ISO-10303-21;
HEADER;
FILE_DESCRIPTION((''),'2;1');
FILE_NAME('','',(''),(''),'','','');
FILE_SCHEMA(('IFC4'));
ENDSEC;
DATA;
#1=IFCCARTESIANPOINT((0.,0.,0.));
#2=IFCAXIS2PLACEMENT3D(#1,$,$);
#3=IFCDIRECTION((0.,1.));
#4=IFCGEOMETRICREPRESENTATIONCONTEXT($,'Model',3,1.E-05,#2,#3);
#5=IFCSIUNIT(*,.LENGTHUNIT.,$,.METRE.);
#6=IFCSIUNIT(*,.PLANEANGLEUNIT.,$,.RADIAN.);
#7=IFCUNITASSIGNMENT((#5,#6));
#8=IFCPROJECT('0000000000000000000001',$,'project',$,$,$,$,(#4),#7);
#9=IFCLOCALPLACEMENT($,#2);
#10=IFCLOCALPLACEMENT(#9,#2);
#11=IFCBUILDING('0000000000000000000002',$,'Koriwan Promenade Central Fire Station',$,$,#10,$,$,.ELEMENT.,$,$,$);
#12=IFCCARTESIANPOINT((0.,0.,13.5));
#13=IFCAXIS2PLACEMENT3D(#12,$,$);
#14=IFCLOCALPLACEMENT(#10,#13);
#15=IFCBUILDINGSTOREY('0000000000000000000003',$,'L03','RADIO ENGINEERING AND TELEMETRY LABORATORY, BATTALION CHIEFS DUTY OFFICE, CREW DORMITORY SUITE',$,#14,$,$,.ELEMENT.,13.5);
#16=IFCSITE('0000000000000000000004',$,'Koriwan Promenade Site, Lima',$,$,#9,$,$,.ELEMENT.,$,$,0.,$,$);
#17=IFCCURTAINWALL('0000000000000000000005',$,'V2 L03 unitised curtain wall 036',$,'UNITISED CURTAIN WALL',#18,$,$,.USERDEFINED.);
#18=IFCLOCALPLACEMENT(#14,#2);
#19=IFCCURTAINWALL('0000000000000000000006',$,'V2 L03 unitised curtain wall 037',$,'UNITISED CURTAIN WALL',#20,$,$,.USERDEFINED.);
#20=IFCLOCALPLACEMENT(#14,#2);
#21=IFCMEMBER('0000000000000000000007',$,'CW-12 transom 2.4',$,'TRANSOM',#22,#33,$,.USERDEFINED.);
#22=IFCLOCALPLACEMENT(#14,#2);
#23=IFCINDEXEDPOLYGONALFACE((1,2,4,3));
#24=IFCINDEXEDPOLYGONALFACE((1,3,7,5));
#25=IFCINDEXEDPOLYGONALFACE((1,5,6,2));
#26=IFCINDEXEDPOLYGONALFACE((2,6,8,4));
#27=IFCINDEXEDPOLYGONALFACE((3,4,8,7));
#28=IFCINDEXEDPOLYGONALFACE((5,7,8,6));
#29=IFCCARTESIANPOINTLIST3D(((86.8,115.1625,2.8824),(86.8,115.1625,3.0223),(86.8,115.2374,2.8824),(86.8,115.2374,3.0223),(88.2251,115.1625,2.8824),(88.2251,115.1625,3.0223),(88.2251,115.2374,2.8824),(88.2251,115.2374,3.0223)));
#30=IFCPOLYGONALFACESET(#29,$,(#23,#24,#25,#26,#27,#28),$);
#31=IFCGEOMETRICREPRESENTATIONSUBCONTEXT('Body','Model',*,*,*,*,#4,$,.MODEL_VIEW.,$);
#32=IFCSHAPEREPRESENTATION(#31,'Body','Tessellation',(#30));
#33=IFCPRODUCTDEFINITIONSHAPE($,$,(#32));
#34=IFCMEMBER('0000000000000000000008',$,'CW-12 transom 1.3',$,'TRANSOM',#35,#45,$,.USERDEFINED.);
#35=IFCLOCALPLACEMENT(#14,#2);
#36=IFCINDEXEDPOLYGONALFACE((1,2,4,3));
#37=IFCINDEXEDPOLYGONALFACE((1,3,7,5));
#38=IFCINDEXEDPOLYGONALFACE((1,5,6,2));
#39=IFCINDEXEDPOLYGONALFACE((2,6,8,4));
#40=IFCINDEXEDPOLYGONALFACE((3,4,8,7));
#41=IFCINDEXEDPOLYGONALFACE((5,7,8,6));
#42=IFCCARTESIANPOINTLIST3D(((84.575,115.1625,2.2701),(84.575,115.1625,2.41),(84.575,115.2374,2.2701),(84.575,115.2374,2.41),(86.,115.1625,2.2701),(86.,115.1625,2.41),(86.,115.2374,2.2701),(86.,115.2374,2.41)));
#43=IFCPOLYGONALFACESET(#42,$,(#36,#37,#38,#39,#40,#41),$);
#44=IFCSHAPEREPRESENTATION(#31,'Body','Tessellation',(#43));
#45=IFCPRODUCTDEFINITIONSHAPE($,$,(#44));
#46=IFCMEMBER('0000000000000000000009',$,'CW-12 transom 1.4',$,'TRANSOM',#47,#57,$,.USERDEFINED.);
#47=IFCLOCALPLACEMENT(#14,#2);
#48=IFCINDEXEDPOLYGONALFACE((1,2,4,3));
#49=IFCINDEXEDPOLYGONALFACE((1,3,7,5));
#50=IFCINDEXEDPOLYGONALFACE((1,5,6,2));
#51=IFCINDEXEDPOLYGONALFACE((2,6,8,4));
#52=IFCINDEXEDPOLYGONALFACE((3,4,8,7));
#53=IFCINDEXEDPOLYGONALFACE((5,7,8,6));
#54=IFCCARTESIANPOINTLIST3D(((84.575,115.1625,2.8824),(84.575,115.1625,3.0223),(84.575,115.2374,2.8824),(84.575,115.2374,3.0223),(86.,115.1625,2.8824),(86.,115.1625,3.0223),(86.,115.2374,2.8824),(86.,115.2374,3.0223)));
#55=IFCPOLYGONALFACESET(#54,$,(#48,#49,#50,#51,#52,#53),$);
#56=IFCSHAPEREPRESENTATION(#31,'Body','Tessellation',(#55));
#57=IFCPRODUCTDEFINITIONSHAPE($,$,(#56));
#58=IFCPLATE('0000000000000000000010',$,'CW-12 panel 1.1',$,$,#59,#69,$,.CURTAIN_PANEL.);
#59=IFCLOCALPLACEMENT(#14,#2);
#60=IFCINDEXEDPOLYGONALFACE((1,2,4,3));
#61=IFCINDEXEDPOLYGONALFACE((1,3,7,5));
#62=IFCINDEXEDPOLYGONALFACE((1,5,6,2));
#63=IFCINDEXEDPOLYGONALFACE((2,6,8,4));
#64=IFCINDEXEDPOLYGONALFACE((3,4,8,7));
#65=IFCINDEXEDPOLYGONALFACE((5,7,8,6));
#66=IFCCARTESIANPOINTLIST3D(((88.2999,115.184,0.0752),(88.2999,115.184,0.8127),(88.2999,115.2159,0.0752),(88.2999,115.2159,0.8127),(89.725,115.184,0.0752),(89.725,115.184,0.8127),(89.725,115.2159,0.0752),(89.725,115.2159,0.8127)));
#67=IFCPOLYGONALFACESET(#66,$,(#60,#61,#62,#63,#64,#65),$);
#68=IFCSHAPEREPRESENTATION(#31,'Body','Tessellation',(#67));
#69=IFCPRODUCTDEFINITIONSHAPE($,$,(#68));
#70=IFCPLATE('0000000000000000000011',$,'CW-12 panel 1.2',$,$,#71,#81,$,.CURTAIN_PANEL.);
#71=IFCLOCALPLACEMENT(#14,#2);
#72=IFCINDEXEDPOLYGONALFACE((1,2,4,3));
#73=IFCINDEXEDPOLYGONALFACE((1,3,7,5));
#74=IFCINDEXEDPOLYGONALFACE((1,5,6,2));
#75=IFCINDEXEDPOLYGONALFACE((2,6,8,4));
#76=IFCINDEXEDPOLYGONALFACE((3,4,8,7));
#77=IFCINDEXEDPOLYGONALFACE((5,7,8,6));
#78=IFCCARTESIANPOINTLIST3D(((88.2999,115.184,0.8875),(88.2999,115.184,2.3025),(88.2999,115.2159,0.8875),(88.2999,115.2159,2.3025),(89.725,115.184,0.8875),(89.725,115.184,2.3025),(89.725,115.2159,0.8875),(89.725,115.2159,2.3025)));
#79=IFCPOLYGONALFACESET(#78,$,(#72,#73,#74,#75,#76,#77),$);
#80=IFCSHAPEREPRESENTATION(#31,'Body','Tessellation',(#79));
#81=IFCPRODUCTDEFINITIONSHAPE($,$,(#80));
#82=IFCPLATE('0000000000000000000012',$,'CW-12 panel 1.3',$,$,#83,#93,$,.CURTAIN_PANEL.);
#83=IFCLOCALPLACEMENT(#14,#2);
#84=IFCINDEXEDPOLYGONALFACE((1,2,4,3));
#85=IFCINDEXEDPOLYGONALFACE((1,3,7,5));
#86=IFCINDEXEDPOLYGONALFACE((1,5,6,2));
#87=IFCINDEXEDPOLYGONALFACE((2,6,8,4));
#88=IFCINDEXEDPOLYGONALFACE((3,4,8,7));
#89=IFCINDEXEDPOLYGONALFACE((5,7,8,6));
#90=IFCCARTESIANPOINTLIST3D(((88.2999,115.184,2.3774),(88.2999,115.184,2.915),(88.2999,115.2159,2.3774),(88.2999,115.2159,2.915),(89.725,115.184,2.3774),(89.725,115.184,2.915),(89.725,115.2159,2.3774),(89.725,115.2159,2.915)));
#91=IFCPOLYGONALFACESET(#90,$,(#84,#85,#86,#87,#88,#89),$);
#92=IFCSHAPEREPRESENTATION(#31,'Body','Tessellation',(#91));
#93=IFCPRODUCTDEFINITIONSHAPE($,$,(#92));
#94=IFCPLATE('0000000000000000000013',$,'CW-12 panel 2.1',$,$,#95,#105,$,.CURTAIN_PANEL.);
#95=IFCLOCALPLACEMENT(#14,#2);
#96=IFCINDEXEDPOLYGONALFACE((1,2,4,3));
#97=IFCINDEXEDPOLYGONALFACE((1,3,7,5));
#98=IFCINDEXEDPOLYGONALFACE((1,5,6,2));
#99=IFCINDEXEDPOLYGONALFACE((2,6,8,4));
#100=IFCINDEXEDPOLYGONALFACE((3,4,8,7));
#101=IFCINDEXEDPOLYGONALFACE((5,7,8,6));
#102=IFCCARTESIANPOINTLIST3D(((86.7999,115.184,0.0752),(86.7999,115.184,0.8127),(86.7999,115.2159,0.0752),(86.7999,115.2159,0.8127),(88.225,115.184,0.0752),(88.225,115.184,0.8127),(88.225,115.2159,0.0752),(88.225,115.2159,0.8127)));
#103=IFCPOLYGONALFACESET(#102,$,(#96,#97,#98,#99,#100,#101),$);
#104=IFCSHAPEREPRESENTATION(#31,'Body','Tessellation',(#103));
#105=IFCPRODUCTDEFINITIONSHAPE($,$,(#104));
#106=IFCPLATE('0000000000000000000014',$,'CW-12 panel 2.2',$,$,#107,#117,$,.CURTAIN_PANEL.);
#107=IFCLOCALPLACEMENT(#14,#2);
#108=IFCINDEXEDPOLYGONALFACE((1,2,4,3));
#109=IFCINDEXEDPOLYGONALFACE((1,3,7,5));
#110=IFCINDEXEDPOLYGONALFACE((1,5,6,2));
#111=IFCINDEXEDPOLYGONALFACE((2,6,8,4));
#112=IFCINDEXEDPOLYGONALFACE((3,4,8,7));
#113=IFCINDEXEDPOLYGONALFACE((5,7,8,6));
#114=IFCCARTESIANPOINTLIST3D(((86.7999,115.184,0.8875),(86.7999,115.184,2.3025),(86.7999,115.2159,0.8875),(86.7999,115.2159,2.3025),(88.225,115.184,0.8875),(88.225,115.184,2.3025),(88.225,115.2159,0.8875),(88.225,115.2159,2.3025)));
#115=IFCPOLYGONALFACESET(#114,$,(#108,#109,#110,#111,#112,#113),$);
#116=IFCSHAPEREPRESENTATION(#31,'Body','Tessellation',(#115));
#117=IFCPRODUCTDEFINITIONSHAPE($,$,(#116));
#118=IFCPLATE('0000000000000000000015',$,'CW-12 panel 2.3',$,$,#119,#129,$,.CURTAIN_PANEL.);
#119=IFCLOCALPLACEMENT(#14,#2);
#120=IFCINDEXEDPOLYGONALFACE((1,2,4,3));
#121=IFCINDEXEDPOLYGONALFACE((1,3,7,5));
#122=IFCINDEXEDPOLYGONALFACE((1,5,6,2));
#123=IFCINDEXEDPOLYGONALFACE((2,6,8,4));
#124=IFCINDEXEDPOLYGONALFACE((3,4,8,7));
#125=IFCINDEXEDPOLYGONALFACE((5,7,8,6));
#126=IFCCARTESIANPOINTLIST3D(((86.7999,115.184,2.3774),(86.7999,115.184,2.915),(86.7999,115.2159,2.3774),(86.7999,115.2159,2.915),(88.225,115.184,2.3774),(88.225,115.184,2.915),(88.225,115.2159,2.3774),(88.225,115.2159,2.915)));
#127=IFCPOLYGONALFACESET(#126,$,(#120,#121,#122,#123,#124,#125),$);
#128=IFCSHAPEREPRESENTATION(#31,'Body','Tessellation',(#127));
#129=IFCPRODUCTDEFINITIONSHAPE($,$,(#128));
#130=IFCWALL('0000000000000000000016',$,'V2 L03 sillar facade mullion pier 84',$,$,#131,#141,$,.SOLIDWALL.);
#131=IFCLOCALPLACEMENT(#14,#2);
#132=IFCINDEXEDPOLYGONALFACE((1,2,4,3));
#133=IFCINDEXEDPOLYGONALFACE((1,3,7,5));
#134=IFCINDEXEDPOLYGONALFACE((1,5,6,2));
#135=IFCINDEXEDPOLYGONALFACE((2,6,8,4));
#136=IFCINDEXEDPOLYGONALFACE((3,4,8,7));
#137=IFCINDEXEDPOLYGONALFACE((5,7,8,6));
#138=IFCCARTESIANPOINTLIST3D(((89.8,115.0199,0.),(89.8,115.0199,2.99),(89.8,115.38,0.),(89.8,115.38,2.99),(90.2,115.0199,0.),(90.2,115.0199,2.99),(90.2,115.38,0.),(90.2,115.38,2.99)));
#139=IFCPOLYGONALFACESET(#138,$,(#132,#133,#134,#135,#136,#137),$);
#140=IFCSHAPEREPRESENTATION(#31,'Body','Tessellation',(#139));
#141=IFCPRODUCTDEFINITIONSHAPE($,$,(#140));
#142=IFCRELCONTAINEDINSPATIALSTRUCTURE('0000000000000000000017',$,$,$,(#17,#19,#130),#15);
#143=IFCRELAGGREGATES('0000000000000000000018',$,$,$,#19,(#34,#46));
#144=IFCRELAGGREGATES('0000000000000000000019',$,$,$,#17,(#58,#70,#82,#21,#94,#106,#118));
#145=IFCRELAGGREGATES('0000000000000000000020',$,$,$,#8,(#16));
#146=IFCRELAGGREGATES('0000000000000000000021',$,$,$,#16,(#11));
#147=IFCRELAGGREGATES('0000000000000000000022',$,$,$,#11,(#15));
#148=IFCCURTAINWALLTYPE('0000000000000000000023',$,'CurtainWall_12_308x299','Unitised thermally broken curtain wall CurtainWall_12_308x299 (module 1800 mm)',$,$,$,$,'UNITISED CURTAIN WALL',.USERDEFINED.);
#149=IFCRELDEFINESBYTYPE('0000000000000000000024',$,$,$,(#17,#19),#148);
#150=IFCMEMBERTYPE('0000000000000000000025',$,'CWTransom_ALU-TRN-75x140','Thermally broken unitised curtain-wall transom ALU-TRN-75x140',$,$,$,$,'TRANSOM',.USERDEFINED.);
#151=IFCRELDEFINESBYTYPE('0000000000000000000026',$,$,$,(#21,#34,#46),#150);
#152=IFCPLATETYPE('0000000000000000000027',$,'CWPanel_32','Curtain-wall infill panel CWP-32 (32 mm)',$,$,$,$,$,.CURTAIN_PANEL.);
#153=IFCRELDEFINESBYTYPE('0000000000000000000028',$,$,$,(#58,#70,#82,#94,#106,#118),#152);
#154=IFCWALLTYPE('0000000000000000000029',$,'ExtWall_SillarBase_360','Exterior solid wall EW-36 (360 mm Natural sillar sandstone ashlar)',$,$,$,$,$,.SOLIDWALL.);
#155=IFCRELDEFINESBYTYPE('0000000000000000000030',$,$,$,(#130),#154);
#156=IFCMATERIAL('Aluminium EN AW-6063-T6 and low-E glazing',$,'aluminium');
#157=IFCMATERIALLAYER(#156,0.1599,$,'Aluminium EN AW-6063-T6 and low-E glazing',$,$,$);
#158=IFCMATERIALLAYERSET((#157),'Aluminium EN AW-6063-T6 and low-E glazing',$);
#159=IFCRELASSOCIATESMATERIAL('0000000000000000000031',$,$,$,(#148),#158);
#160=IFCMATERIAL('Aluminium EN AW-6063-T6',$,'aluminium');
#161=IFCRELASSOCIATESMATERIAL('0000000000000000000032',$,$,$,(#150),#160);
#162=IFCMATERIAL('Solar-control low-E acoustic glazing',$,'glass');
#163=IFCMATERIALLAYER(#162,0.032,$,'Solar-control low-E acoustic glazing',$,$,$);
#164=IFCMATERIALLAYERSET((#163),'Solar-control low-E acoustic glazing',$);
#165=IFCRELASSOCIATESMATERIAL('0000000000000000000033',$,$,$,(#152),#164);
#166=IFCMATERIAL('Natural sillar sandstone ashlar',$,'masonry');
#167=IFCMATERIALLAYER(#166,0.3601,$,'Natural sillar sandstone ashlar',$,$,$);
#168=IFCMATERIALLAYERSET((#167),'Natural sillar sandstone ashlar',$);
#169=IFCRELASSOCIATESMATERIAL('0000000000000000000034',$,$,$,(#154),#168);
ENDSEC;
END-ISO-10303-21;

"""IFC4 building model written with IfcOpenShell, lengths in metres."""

from ifc_helpers import new_model, si_unit, direction, frame, frame_2d, origin, origin_2d, place, context, subcontext, project, spatial, rectangle, extrude, material, layer, layer_set, material_profile, profile_set, type_object, element, aggregate, save


model = new_model("IFC4")

# Units and contexts
model_context = context("Model", 3, precision=1e-05, world=origin(), true_north=direction((0.0, 1.0)))
body_context = subcontext(model_context, "Body", "Model", "MODEL_VIEW")
ifc_project = project(units=[si_unit("LENGTHUNIT", "METRE"), si_unit("PLANEANGLEUNIT", "RADIAN")], contexts=[model_context])

# Site, building, storey
site_placement = place(None, origin())
site = spatial("IfcSite", under=ifc_project, at=site_placement, Name="Koriwan Promenade Site, Lima", CompositionType="ELEMENT", RefElevation=0.0)
building_placement = place(site_placement, origin())
building = spatial("IfcBuilding", under=site, at=building_placement, Name="Koriwan Promenade Central Fire Station", CompositionType="ELEMENT")
storey_placement = place(building_placement, frame((0.0, 0.0, 13.5)))
storey = spatial("IfcBuildingStorey", under=building, at=storey_placement, Name="L03", Description="RADIO ENGINEERING AND TELEMETRY LABORATORY, BATTALION CHIEFS DUTY OFFICE, CREW DORMITORY SUITE", CompositionType="ELEMENT", Elevation=13.5)

# Shared definitions
ifc_material_1 = material(Name="Aluminium EN AW-6063-T6 and low-E glazing", Category="aluminium")
ifc_layer_1 = layer(ifc_material_1, 0.1599, Name="Aluminium EN AW-6063-T6 and low-E glazing")
ifc_layer_set_1 = layer_set([ifc_layer_1], Name="Aluminium EN AW-6063-T6 and low-E glazing")
curtain_wall_type = type_object("IfcCurtainWallType", Name="CurtainWall_12_308x299", Description="Unitised thermally broken curtain wall CurtainWall_12_308x299 (module 1800 mm)", ElementType="UNITISED CURTAIN WALL", PredefinedType="USERDEFINED", material=ifc_layer_set_1)
ifc_material_2 = material(Name="Aluminium EN AW-6063-T6", Category="aluminium")

# Curtain wall
curtain_wall_1_placement = place(storey_placement, origin())
curtain_wall_1 = element("IfcCurtainWall", 1, at=curtain_wall_1_placement, inside=storey, type_object=curtain_wall_type, Name="V2 L03 unitised curtain wall 036", ObjectType="UNITISED CURTAIN WALL", PredefinedType="USERDEFINED")

# Curtain wall
curtain_wall_2_placement = place(storey_placement, origin())
curtain_wall_2 = element("IfcCurtainWall", 2, at=curtain_wall_2_placement, inside=storey, type_object=curtain_wall_type, Name="V2 L03 unitised curtain wall 037", ObjectType="UNITISED CURTAIN WALL", PredefinedType="USERDEFINED")

# Members
ifc_material_profile_1 = material_profile(ifc_material_2, rectangle(XDim=0.075, YDim=0.1399, at=origin_2d()), Name="ALU-TRN-75x140")
ifc_profile_set_1 = profile_set([ifc_material_profile_1], Name="Aluminium EN AW-6063-T6")
member_type_1 = type_object("IfcMemberType", Name="CWTransom_ALU-TRN-75x140", Description="Thermally broken unitised curtain-wall transom ALU-TRN-75x140", ElementType="TRANSOM", PredefinedType="USERDEFINED", material=ifc_profile_set_1)
member_1_placement = place(storey_placement, frame((88.2251, 115.2, 2.9524), z_axis=(-1.0, 0.0, 0.0), x_axis=(0.0, -1.0, 0.0)))
member_1 = element("IfcMember", 3, at=member_1_placement, type_object=member_type_1, Name="CW-12 transom 2.4", ObjectType="TRANSOM", PredefinedType="USERDEFINED", context=body_context, shape_type="SweptSolid", body=[
    extrude(rectangle(XDim=0.075, YDim=0.1399, at=origin_2d()), origin(), (0.0, 0.0, 1.0), 1.425),
])
member_2_placement = place(storey_placement, frame((86.0, 115.2, 2.3401), z_axis=(-1.0, 0.0, 0.0), x_axis=(0.0, -1.0, 0.0)))
member_2 = element("IfcMember", 4, at=member_2_placement, type_object=member_type_1, Name="CW-12 transom 1.3", ObjectType="TRANSOM", PredefinedType="USERDEFINED", context=body_context, shape_type="SweptSolid", body=[
    extrude(rectangle(XDim=0.075, YDim=0.1399, at=origin_2d()), origin(), (0.0, 0.0, 1.0), 1.425),
])
member_3_placement = place(storey_placement, frame((86.0, 115.2, 2.9524), z_axis=(-1.0, 0.0, 0.0), x_axis=(0.0, -1.0, 0.0)))
member_3 = element("IfcMember", 5, at=member_3_placement, type_object=member_type_1, Name="CW-12 transom 1.4", ObjectType="TRANSOM", PredefinedType="USERDEFINED", context=body_context, shape_type="SweptSolid", body=[
    extrude(rectangle(XDim=0.075, YDim=0.1399, at=origin_2d()), origin(), (0.0, 0.0, 1.0), 1.425),
])
aggregate(curtain_wall_2, [member_2, member_3])

# Plates
ifc_material_3 = material(Name="Solar-control low-E acoustic glazing", Category="glass")
ifc_layer_2 = layer(ifc_material_3, 0.032, Name="Solar-control low-E acoustic glazing")
ifc_layer_set_2 = layer_set([ifc_layer_2], Name="Solar-control low-E acoustic glazing")
plate_type = type_object("IfcPlateType", Name="CWPanel_32", Description="Curtain-wall infill panel CWP-32 (32 mm)", PredefinedType="CURTAIN_PANEL", material=ifc_layer_set_2)
plate_1_placement = place(storey_placement, frame((89.0125, 115.2, 0.0752), z_axis=(0.0, 0.0, 1.0), x_axis=(-1.0, 0.0, 0.0)))
plate_1 = element("IfcPlate", 6, at=plate_1_placement, type_object=plate_type, Name="CW-12 panel 1.1", PredefinedType="CURTAIN_PANEL", context=body_context, shape_type="SweptSolid", body=[
    extrude(rectangle(XDim=1.425, YDim=0.032, at=origin_2d()), origin(), (0.0, 0.0, 1.0), 0.7375),
])
plate_2_placement = place(storey_placement, frame((89.0125, 115.2, 0.8875), z_axis=(0.0, 0.0, 1.0), x_axis=(-1.0, 0.0, 0.0)))
plate_2 = element("IfcPlate", 7, at=plate_2_placement, type_object=plate_type, Name="CW-12 panel 1.2", PredefinedType="CURTAIN_PANEL", context=body_context, shape_type="SweptSolid", body=[
    extrude(rectangle(XDim=1.425, YDim=0.032, at=origin_2d()), origin(), (0.0, 0.0, 1.0), 1.415),
])
plate_3_placement = place(storey_placement, frame((89.0125, 115.2, 2.3774), z_axis=(0.0, 0.0, 1.0), x_axis=(-1.0, 0.0, 0.0)))
plate_3 = element("IfcPlate", 8, at=plate_3_placement, type_object=plate_type, Name="CW-12 panel 1.3", PredefinedType="CURTAIN_PANEL", context=body_context, shape_type="SweptSolid", body=[
    extrude(rectangle(XDim=1.425, YDim=0.032, at=origin_2d()), origin(), (0.0, 0.0, 1.0), 0.5376),
])
plate_4_placement = place(storey_placement, frame((87.5125, 115.2, 0.0752), z_axis=(0.0, 0.0, 1.0), x_axis=(-1.0, 0.0, 0.0)))
plate_4 = element("IfcPlate", 9, at=plate_4_placement, type_object=plate_type, Name="CW-12 panel 2.1", PredefinedType="CURTAIN_PANEL", context=body_context, shape_type="SweptSolid", body=[
    extrude(rectangle(XDim=1.425, YDim=0.032, at=origin_2d()), origin(), (0.0, 0.0, 1.0), 0.7375),
])
plate_5_placement = place(storey_placement, frame((87.5125, 115.2, 0.8875), z_axis=(0.0, 0.0, 1.0), x_axis=(-1.0, 0.0, 0.0)))
plate_5 = element("IfcPlate", 10, at=plate_5_placement, type_object=plate_type, Name="CW-12 panel 2.2", PredefinedType="CURTAIN_PANEL", context=body_context, shape_type="SweptSolid", body=[
    extrude(rectangle(XDim=1.425, YDim=0.032, at=origin_2d()), origin(), (0.0, 0.0, 1.0), 1.415),
])
plate_6_placement = place(storey_placement, frame((87.5125, 115.2, 2.3774), z_axis=(0.0, 0.0, 1.0), x_axis=(-1.0, 0.0, 0.0)))
plate_6 = element("IfcPlate", 11, at=plate_6_placement, type_object=plate_type, Name="CW-12 panel 2.3", PredefinedType="CURTAIN_PANEL", context=body_context, shape_type="SweptSolid", body=[
    extrude(rectangle(XDim=1.425, YDim=0.032, at=origin_2d()), origin(), (0.0, 0.0, 1.0), 0.5376),
])
aggregate(curtain_wall_1, [plate_1, plate_2, plate_3, member_1, plate_4, plate_5, plate_6])

# Wall
ifc_material_4 = material(Name="Natural sillar sandstone ashlar", Category="masonry")
ifc_layer_3 = layer(ifc_material_4, 0.3601, Name="Natural sillar sandstone ashlar")
ifc_layer_set_3 = layer_set([ifc_layer_3], Name="Natural sillar sandstone ashlar")
wall_type = type_object("IfcWallType", Name="ExtWall_SillarBase_360", Description="Exterior solid wall EW-36 (360 mm Natural sillar sandstone ashlar)", PredefinedType="SOLIDWALL", material=ifc_layer_set_3)
wall_placement = place(storey_placement, frame((90.2, 115.2, 0.0), z_axis=(0.0, 0.0, 1.0), x_axis=(-1.0, 0.0, 0.0)))
element("IfcWall", 12, at=wall_placement, inside=storey, type_object=wall_type, Name="V2 L03 sillar facade mullion pier 84", PredefinedType="SOLIDWALL", context=body_context, shape_type="SweptSolid", body=[
    extrude(rectangle(XDim=0.3999, YDim=0.3601, at=frame_2d((0.2, 0.0))), origin(), (0.0, 0.0, 1.0), 2.99),
])

save(model, "model.ifc")
